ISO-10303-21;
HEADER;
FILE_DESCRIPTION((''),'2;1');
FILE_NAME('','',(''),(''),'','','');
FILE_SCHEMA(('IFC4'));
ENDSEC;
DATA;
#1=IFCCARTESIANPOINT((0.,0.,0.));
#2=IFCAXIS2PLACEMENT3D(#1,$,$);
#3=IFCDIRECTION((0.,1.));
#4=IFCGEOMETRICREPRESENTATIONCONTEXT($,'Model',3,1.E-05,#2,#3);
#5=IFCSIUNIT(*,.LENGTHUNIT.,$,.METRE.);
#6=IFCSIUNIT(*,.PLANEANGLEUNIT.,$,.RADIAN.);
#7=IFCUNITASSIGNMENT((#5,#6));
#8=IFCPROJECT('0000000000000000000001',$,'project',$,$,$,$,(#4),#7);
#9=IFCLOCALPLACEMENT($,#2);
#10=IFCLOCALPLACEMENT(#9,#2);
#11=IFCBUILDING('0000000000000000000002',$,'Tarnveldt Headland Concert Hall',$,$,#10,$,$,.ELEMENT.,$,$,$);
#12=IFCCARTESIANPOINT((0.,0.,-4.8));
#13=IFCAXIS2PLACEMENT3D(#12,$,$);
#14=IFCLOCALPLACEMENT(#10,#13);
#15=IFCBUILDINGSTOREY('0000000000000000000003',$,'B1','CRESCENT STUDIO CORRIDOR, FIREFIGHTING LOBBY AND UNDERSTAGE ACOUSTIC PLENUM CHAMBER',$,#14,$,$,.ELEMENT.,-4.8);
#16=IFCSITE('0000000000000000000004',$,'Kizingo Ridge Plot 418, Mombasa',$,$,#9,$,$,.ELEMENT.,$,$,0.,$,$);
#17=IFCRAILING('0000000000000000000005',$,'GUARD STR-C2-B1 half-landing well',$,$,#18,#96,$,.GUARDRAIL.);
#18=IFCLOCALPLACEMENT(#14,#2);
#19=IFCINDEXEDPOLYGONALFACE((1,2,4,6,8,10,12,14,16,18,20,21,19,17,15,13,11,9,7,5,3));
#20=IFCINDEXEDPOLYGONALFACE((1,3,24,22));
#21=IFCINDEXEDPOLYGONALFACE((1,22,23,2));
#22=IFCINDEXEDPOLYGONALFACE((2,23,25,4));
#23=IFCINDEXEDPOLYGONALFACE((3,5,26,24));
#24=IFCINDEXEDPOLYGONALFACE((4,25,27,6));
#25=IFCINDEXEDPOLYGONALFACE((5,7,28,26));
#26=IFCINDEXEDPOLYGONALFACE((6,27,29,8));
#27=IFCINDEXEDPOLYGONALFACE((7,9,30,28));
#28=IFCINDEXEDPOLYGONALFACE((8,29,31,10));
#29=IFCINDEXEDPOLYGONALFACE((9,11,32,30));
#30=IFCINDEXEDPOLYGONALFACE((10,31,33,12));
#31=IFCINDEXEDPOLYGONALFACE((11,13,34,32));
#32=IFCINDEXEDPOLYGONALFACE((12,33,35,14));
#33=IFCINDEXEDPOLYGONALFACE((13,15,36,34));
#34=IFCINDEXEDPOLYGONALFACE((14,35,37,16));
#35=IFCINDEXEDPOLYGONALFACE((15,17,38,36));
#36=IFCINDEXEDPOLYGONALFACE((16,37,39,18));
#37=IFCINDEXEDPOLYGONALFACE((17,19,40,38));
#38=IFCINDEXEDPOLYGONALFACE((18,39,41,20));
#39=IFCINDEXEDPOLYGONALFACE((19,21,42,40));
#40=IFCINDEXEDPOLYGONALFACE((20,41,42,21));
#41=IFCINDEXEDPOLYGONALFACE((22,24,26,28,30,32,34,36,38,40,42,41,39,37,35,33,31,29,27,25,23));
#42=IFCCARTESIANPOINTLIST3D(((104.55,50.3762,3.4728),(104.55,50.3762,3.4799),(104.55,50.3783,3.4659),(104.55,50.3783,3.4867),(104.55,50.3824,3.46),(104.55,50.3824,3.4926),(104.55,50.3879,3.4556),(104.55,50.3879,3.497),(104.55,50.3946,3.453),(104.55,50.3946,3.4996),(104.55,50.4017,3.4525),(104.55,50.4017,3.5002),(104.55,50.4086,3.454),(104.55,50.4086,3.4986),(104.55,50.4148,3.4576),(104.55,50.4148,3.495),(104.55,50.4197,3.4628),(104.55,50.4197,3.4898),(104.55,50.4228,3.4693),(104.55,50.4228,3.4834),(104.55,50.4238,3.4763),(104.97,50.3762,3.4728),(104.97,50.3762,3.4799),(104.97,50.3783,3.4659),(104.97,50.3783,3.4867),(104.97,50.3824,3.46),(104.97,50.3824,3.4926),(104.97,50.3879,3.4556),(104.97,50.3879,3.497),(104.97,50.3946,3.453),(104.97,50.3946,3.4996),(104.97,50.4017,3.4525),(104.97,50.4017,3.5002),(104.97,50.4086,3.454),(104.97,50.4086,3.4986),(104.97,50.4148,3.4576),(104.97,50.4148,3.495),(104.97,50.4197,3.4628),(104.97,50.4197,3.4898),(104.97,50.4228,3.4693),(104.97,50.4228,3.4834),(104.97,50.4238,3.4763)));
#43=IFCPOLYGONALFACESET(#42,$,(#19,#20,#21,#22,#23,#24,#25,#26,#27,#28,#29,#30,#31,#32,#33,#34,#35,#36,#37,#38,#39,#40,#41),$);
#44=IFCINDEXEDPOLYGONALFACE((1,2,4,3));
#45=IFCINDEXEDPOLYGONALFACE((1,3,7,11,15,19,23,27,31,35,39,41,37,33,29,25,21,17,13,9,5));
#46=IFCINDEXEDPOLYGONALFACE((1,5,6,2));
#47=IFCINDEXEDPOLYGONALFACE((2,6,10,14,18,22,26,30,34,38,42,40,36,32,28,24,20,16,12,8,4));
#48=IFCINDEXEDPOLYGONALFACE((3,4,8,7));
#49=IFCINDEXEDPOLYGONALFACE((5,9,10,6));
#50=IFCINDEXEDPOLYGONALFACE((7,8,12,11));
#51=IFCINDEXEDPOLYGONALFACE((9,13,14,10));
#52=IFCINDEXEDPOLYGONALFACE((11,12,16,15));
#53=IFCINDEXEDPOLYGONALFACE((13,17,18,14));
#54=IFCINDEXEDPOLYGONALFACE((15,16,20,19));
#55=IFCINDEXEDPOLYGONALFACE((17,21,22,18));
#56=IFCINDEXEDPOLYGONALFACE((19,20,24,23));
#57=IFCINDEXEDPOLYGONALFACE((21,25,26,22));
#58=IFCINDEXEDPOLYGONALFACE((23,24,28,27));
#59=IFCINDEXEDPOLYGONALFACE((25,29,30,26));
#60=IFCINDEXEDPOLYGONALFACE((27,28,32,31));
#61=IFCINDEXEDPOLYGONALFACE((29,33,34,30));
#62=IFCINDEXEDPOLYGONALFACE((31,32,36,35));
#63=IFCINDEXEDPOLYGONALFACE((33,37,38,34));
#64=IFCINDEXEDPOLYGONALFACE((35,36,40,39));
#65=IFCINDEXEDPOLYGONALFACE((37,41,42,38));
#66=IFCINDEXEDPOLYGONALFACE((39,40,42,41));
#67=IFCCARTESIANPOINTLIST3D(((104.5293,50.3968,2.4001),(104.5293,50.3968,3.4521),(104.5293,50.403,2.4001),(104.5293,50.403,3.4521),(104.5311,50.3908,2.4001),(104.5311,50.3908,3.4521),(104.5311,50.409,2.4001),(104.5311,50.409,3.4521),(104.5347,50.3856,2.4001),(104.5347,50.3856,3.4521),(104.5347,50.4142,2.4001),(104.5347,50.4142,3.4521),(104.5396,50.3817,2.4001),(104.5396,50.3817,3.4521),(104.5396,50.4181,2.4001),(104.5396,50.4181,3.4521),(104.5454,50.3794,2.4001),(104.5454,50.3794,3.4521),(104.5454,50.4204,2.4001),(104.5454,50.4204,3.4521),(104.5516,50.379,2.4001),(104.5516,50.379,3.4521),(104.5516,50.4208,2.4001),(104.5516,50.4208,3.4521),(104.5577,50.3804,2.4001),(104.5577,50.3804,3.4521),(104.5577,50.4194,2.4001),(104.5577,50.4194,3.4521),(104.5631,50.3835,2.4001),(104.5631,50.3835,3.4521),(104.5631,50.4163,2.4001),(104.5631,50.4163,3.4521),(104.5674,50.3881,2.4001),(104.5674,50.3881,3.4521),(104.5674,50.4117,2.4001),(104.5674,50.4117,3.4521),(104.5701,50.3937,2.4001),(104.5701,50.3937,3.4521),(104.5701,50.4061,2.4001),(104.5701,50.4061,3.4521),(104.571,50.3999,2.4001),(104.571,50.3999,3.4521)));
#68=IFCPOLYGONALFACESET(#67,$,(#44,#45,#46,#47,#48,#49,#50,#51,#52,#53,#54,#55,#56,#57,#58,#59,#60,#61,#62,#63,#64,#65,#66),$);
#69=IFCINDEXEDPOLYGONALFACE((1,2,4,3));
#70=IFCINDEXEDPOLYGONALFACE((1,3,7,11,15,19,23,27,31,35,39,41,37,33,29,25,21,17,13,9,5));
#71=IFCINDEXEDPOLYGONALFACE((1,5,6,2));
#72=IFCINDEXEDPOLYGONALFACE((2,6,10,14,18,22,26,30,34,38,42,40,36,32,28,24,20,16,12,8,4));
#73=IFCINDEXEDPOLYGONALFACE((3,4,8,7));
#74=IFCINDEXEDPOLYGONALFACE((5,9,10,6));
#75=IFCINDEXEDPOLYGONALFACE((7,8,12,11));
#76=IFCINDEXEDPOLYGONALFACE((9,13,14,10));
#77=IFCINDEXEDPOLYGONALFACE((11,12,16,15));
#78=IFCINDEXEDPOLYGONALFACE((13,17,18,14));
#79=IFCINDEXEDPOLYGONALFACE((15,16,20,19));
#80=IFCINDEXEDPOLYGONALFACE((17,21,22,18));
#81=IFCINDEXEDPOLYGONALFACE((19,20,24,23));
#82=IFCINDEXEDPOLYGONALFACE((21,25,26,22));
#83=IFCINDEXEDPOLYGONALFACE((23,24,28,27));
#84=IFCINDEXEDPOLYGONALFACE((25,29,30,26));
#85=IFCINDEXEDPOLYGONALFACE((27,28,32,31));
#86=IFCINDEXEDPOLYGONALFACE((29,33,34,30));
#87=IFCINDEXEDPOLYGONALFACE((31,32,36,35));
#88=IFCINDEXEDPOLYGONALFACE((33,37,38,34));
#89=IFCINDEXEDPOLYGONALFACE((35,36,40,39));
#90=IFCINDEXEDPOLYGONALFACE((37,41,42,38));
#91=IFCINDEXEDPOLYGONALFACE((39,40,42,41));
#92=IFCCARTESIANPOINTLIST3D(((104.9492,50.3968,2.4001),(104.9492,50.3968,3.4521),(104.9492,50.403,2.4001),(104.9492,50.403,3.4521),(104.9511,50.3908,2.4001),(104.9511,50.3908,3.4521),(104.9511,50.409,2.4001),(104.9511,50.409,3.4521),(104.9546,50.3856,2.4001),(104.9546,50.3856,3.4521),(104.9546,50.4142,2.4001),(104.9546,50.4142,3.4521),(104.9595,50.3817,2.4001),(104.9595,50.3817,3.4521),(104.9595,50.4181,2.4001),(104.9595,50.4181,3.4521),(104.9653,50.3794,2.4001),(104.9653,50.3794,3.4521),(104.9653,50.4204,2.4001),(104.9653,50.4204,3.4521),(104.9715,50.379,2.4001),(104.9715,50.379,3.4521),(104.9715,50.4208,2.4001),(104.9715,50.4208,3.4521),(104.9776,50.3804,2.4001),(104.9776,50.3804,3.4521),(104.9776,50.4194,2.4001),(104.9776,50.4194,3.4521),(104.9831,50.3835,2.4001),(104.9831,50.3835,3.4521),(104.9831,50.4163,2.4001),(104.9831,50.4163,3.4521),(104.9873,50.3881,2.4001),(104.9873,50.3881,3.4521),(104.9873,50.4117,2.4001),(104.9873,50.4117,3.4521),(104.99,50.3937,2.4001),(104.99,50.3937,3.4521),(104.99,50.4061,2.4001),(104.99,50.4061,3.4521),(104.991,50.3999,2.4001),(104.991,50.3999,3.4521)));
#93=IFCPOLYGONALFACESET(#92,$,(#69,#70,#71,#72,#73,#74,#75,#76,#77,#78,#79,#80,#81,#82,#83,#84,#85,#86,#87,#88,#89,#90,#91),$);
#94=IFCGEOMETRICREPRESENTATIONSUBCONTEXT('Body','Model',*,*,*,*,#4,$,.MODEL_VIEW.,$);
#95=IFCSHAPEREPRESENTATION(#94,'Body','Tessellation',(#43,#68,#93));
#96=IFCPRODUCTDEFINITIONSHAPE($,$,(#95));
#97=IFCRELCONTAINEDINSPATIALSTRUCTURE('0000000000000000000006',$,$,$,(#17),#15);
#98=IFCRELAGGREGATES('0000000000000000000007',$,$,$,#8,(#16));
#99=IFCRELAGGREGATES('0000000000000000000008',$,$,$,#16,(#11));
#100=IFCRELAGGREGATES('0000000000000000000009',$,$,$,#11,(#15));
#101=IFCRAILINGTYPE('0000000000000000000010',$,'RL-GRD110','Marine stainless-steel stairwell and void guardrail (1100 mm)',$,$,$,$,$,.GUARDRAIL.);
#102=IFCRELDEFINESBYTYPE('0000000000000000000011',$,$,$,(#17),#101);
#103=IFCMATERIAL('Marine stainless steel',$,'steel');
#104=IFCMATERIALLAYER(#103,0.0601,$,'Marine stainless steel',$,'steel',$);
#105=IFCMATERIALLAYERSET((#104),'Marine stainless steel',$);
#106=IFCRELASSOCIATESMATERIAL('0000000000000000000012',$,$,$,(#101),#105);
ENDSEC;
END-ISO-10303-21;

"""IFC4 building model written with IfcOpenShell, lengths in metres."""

from ifc_helpers import new_model, si_unit, direction, frame, origin, origin_2d, place, context, subcontext, project, spatial, circle, extrude, material, layer, layer_set, type_object, element, save


model = new_model("IFC4")

# Units and contexts
model_context = context("Model", 3, precision=1e-05, world=origin(), true_north=direction((0.0, 1.0)))
body_context = subcontext(model_context, "Body", "Model", "MODEL_VIEW")
ifc_project = project(units=[si_unit("LENGTHUNIT", "METRE"), si_unit("PLANEANGLEUNIT", "RADIAN")], contexts=[model_context])

# Site, building, storey
site_placement = place(None, origin())
site = spatial("IfcSite", under=ifc_project, at=site_placement, Name="Kizingo Ridge Plot 418, Mombasa", CompositionType="ELEMENT", RefElevation=0.0)
building_placement = place(site_placement, origin())
building = spatial("IfcBuilding", under=site, at=building_placement, Name="Tarnveldt Headland Concert Hall", CompositionType="ELEMENT")
storey_placement = place(building_placement, frame((0.0, 0.0, -4.8)))
storey = spatial("IfcBuildingStorey", under=building, at=storey_placement, Name="B1", Description="CRESCENT STUDIO CORRIDOR, FIREFIGHTING LOBBY AND UNDERSTAGE ACOUSTIC PLENUM CHAMBER", CompositionType="ELEMENT", Elevation=-4.8)

# Railing
ifc_material_1 = material(Name="Marine stainless steel", Category="steel")
ifc_layer_1 = layer(ifc_material_1, 0.0601, Name="Marine stainless steel", Category="steel")
ifc_layer_set_1 = layer_set([ifc_layer_1], Name="Marine stainless steel")
railing_type_1 = type_object("IfcRailingType", Name="RL-GRD110", Description="Marine stainless-steel stairwell and void guardrail (1100 mm)", PredefinedType="GUARDRAIL", material=ifc_layer_set_1)
railing_1_placement = place(storey_placement, frame((104.55, 50.3999, 2.4001)))
element("IfcRailing", 1, at=railing_1_placement, inside=storey, type_object=railing_type_1, Name="GUARD STR-C2-B1 half-landing well", PredefinedType="GUARDRAIL", context=body_context, shape_type="SweptSolid", body=[
    extrude(circle(Radius=0.0239, at=origin_2d()), frame((0.0, 0.0, 1.0762), z_axis=(1.0, 0.0, 0.0), x_axis=(0.0, 1.0, 0.0)), (0.0, 0.0, 1.0), 0.4199),
    extrude(circle(Radius=0.021, at=origin_2d()), origin(), (0.0, 0.0, 1.0), 1.052),
    extrude(circle(Radius=0.021, at=origin_2d()), frame((0.4199, 0.0, 0.0)), (0.0, 0.0, 1.0), 1.052),
])

save(model, "model.ifc")
